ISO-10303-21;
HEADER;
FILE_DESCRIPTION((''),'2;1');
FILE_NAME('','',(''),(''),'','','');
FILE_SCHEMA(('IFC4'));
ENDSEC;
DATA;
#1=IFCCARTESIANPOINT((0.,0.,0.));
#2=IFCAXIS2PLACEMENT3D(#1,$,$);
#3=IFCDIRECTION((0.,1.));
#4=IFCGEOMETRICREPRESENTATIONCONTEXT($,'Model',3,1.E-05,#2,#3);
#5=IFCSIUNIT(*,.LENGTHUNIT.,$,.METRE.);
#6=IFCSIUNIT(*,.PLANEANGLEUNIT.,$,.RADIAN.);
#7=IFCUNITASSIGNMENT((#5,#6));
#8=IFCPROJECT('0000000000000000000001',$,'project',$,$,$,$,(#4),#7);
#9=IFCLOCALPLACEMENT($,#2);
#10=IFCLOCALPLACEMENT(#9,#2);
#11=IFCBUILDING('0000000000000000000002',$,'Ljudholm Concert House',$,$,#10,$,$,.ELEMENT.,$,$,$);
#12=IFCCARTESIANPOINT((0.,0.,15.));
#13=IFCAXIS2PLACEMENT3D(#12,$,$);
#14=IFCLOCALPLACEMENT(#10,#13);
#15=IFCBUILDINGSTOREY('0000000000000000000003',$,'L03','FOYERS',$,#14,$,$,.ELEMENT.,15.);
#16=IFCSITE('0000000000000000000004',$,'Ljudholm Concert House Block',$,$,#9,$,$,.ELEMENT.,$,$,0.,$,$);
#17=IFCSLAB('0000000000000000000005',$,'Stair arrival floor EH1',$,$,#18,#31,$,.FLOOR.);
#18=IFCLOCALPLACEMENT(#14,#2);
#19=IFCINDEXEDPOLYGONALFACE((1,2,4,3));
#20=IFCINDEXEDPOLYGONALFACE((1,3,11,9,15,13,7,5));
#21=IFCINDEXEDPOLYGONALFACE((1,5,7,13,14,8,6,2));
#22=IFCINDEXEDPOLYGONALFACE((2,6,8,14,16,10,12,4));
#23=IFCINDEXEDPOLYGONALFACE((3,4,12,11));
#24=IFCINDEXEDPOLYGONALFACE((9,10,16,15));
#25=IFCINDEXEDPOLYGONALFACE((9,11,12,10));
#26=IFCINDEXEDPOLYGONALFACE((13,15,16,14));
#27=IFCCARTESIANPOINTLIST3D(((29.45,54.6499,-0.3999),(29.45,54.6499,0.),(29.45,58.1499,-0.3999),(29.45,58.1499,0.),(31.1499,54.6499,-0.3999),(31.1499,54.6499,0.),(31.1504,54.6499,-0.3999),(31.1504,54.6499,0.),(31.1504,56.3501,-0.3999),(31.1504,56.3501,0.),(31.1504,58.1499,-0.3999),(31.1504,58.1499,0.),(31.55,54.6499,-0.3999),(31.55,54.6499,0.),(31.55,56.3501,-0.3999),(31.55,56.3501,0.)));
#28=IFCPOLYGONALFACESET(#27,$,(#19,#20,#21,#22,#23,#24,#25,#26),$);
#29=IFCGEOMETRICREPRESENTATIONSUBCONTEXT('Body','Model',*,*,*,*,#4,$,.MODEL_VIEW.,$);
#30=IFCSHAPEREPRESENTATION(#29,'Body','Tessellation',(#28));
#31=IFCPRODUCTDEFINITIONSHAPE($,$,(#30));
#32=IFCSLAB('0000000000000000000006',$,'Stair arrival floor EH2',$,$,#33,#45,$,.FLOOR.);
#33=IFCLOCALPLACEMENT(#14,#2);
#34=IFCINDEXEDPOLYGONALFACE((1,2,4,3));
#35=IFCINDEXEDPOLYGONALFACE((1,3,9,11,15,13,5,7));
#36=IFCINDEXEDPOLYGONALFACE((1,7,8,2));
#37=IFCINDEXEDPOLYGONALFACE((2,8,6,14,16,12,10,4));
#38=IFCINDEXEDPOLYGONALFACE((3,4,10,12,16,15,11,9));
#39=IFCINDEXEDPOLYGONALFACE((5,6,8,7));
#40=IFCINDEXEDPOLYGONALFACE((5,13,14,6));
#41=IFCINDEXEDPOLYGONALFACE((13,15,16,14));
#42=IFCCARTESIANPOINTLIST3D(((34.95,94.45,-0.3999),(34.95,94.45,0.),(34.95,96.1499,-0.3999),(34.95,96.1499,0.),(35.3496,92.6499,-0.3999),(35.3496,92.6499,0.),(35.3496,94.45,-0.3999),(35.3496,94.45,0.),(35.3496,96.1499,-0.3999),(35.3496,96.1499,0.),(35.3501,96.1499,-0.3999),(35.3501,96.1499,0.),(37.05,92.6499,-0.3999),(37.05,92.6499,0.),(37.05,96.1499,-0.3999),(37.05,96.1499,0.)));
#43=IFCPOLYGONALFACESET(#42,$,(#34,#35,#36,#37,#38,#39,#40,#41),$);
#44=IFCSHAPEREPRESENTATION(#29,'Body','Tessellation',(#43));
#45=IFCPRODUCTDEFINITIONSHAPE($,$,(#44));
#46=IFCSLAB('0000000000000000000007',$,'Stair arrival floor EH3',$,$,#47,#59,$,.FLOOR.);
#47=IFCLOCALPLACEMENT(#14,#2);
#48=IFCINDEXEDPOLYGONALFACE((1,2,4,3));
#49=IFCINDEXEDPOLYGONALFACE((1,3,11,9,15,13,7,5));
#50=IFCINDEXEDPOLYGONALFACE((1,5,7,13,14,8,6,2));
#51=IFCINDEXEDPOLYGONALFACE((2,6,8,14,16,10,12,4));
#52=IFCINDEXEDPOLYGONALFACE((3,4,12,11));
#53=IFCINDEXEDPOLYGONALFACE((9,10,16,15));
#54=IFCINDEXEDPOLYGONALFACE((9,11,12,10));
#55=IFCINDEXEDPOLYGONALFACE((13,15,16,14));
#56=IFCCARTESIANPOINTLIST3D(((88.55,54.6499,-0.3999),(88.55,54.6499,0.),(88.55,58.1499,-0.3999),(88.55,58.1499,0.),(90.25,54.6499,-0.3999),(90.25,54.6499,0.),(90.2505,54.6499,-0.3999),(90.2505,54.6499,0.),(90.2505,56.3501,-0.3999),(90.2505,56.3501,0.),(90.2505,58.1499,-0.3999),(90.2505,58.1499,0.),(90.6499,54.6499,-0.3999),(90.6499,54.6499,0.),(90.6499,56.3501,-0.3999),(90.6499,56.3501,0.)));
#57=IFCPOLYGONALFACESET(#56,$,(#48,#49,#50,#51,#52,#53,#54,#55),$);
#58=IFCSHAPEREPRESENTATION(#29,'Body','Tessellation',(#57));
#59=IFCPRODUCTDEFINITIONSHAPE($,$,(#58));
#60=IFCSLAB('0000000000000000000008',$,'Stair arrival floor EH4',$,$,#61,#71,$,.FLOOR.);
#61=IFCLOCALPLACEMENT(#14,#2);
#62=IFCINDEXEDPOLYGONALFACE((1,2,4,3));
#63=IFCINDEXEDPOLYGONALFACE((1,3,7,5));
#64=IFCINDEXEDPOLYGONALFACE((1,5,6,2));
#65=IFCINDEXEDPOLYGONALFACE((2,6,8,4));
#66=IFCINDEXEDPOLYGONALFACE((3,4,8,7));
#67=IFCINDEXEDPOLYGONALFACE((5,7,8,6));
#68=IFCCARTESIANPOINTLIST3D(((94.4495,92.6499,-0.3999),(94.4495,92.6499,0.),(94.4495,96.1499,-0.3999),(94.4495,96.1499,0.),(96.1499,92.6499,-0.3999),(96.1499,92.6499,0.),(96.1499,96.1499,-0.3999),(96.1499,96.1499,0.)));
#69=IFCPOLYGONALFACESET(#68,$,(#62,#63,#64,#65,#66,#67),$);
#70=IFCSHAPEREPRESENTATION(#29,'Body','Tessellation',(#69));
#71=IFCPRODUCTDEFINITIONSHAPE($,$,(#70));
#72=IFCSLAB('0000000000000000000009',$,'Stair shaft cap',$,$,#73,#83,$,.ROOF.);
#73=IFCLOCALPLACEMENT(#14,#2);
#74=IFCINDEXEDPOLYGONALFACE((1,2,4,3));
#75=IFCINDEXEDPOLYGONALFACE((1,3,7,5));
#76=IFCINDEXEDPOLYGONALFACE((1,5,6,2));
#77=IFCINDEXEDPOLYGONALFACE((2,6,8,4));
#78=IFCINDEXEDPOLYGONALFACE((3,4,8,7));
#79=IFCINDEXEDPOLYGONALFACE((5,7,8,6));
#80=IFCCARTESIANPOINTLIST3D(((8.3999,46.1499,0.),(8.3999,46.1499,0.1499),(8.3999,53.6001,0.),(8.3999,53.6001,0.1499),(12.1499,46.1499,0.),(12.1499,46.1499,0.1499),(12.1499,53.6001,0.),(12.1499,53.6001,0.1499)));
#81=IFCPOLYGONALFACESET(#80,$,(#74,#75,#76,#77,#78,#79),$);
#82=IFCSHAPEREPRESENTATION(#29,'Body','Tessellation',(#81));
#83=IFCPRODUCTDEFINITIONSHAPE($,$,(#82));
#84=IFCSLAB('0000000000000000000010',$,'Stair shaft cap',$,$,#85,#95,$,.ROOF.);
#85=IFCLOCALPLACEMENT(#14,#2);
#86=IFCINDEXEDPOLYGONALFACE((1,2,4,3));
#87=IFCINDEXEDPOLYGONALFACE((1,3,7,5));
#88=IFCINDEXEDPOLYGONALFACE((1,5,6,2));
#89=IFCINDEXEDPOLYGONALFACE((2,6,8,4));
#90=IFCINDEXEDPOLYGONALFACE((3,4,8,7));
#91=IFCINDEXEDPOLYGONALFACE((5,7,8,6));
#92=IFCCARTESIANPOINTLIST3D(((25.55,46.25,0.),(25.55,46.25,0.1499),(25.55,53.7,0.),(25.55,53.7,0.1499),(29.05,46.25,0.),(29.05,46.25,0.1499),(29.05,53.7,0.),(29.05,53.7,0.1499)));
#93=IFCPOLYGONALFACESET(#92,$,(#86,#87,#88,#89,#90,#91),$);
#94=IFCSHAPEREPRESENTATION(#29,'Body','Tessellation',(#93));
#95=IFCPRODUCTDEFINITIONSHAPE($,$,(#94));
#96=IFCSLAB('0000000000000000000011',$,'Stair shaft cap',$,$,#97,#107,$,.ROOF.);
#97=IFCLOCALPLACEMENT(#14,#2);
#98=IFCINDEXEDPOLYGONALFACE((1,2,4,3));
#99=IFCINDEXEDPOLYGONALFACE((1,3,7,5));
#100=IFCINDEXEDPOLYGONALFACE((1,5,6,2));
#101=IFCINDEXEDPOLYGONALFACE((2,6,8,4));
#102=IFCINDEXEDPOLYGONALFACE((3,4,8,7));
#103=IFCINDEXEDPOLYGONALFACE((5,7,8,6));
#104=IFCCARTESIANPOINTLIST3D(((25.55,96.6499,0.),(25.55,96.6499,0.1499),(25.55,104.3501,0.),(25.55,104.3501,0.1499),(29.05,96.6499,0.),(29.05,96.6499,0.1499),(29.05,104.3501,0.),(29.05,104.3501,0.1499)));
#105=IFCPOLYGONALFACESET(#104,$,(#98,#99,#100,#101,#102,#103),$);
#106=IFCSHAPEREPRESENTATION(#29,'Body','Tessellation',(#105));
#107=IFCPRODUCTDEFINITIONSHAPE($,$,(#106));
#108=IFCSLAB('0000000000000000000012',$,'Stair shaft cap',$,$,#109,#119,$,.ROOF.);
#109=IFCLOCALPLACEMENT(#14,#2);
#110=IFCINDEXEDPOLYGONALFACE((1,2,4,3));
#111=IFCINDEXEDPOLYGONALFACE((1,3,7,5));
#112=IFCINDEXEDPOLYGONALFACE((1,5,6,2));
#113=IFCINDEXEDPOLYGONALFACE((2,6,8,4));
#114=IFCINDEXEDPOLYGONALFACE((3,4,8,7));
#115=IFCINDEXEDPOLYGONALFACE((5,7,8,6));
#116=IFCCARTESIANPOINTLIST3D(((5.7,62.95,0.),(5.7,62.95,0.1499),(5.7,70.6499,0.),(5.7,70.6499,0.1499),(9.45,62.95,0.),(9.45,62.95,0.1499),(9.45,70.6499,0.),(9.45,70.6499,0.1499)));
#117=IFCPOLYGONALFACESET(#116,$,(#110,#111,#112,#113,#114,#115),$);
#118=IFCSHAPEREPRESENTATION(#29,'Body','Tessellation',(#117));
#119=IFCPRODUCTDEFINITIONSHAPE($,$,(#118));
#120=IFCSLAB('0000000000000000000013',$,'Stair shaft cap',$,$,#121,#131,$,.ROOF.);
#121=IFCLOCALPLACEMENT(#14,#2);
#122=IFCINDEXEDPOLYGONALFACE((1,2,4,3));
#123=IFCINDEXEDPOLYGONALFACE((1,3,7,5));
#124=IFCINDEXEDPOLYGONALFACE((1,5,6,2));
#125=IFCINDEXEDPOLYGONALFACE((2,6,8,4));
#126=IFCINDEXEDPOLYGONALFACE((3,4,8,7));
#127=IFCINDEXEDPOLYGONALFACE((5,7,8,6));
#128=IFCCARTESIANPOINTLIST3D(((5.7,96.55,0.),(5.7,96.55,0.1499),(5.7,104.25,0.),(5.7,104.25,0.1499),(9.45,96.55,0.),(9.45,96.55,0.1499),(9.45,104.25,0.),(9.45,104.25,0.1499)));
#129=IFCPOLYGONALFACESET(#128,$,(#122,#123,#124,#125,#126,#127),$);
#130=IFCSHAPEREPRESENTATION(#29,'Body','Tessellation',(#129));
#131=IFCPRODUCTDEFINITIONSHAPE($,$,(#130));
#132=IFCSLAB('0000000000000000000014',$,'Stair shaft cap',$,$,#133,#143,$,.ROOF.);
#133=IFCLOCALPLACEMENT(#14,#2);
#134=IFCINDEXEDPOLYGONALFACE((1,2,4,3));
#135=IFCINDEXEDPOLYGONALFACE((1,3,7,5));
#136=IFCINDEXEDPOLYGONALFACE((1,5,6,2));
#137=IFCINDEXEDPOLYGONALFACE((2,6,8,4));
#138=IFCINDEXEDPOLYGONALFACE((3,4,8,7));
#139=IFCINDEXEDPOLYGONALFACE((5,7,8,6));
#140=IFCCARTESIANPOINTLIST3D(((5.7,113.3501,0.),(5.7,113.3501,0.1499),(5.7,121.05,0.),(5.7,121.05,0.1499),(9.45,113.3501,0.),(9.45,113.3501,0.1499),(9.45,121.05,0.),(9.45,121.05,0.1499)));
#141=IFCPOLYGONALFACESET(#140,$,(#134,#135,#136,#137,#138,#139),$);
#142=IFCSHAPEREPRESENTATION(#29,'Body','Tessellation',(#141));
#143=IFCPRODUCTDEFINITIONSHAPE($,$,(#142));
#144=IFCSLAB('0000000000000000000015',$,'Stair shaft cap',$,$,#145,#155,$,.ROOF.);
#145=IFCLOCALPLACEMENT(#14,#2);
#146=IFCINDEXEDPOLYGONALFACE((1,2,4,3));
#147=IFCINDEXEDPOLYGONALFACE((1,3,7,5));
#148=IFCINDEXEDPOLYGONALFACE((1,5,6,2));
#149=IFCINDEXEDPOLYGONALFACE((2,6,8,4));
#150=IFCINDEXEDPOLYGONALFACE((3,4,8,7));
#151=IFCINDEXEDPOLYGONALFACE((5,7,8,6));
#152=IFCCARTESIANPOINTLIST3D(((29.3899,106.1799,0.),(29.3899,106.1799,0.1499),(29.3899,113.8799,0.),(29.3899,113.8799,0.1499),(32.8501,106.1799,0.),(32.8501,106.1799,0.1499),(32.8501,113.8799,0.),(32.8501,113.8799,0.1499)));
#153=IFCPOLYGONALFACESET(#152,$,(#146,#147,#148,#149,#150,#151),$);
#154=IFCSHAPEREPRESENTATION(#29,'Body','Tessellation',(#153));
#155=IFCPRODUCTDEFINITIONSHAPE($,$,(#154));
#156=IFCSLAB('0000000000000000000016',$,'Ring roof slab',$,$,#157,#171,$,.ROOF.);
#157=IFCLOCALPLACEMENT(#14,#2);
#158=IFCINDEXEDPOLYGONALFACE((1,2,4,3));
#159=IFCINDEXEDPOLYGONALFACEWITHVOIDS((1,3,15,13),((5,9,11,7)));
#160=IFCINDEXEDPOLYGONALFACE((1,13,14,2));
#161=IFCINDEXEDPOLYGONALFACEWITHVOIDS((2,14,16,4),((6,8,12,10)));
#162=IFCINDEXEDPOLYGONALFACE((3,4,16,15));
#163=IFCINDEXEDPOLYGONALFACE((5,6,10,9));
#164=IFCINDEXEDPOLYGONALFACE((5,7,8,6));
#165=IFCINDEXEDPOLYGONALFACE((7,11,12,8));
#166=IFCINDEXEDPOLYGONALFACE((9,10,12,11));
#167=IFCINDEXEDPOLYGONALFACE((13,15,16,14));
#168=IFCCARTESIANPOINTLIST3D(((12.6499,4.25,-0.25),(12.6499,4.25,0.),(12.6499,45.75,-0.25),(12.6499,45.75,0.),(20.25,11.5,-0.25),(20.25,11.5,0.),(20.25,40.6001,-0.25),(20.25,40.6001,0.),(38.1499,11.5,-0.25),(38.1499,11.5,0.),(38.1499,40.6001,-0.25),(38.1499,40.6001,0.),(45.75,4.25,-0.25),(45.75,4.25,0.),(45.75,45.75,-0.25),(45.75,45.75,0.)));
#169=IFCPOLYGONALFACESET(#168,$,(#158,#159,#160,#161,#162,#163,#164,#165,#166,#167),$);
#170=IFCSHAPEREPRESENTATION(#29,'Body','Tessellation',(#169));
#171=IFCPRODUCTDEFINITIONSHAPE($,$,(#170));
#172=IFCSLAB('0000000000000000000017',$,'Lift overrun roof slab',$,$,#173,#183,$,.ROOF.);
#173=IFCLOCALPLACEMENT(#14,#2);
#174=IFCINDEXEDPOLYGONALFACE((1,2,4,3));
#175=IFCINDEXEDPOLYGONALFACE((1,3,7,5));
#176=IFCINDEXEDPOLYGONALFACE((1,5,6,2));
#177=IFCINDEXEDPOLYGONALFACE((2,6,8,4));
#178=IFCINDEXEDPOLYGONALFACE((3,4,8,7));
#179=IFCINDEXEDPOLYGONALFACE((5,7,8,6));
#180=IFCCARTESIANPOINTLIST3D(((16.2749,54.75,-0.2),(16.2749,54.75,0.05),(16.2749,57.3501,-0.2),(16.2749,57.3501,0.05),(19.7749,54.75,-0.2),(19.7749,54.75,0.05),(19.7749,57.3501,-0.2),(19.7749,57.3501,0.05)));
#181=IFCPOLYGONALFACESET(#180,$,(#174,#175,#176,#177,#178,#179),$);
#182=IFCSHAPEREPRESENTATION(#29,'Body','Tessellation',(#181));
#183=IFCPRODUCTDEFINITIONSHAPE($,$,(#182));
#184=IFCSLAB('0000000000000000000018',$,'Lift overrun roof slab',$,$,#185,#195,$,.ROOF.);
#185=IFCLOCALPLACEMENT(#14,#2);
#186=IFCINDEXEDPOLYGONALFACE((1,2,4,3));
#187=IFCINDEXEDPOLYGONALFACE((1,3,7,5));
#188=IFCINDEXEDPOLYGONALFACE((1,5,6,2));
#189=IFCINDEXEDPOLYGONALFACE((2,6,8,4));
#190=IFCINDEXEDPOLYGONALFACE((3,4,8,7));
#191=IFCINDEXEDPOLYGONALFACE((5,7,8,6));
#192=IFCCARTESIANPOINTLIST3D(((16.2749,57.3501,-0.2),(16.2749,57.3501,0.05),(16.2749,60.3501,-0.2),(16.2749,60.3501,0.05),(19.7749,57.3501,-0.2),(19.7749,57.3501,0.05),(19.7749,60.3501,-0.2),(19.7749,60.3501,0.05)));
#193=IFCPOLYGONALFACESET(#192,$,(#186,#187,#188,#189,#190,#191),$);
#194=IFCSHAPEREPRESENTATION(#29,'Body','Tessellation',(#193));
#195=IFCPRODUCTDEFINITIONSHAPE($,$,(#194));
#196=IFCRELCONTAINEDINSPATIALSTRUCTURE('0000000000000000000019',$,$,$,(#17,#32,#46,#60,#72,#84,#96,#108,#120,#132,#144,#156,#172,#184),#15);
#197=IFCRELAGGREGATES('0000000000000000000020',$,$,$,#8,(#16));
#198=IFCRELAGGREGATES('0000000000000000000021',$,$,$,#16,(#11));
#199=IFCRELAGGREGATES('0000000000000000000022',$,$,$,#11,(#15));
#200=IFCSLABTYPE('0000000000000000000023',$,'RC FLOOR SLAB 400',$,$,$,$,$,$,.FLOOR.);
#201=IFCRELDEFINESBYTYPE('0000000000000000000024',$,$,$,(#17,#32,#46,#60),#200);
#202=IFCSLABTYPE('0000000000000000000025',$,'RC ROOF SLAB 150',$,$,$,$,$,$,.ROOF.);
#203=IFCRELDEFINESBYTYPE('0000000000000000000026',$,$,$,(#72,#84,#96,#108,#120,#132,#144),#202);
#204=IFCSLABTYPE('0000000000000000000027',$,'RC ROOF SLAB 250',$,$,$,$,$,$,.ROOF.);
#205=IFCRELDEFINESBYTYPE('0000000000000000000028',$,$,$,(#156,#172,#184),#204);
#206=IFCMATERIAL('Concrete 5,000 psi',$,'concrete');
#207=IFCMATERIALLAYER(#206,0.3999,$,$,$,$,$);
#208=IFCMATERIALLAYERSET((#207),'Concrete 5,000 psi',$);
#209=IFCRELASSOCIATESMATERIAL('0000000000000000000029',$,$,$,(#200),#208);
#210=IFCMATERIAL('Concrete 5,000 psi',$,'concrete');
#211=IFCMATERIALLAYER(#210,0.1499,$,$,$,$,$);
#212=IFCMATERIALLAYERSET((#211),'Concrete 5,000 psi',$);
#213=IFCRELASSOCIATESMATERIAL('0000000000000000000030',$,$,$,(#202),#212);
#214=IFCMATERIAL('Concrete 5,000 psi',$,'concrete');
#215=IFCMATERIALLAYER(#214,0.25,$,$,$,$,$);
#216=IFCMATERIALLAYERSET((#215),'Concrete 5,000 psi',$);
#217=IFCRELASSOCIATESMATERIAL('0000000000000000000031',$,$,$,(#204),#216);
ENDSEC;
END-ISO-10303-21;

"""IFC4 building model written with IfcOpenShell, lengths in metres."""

from ifc_helpers import new_model, si_unit, direction, frame, origin, place, context, subcontext, project, spatial, polyline, outline, extrude, material, layer, layer_set, type_object, element, save


model = new_model("IFC4")

# Units and contexts
model_context = context("Model", 3, precision=1e-05, world=origin(), true_north=direction((0.0, 1.0)))
body_context = subcontext(model_context, "Body", "Model", "MODEL_VIEW")
ifc_project = project(units=[si_unit("LENGTHUNIT", "METRE"), si_unit("PLANEANGLEUNIT", "RADIAN")], contexts=[model_context])

# Site, building, storey
site_placement = place(None, origin())
site = spatial("IfcSite", under=ifc_project, at=site_placement, Name="Ljudholm Concert House Block", CompositionType="ELEMENT", RefElevation=0.0)
building_placement = place(site_placement, origin())
building = spatial("IfcBuilding", under=site, at=building_placement, Name="Ljudholm Concert House", CompositionType="ELEMENT")
storey_placement = place(building_placement, frame((0.0, 0.0, 15.0)))
storey = spatial("IfcBuildingStorey", under=building, at=storey_placement, Name="L03", Description="FOYERS", CompositionType="ELEMENT", Elevation=15.0)

# Slabs
ifc_material_1 = material(Name="Concrete 5,000 psi", Category="concrete")
ifc_layer_1 = layer(ifc_material_1, 0.3999)
ifc_layer_set_1 = layer_set([ifc_layer_1], Name="Concrete 5,000 psi")
slab_type_1 = type_object("IfcSlabType", Name="RC FLOOR SLAB 400", PredefinedType="FLOOR", material=ifc_layer_set_1)
slab_1_placement = place(storey_placement, frame((0.0, 0.0, -0.3999)))
element("IfcSlab", 1, at=slab_1_placement, inside=storey, type_object=slab_type_1, Name="Stair arrival floor EH1", PredefinedType="FLOOR", context=body_context, shape_type="SweptSolid", body=[
    extrude(outline(polyline([(29.45, 54.6499), (29.45, 58.1499), (31.1504, 58.1499), (31.1504, 56.3501), (31.55, 56.3501), (31.55, 54.6499), (31.1504, 54.6499), (31.1499, 54.6499), (29.45, 54.6499)])), origin(), (0.0, 0.0, 1.0), 0.3999),
])
slab_2_placement = place(storey_placement, frame((0.0, 0.0, -0.3999)))
element("IfcSlab", 2, at=slab_2_placement, inside=storey, type_object=slab_type_1, Name="Stair arrival floor EH2", PredefinedType="FLOOR", context=body_context, shape_type="SweptSolid", body=[
    extrude(outline(polyline([(37.05, 96.1499), (37.05, 92.6499), (35.3496, 92.6499), (35.3496, 94.45), (34.95, 94.45), (34.95, 96.1499), (35.3496, 96.1499), (35.3501, 96.1499), (37.05, 96.1499)])), origin(), (0.0, 0.0, 1.0), 0.3999),
])
slab_3_placement = place(storey_placement, frame((0.0, 0.0, -0.3999)))
element("IfcSlab", 3, at=slab_3_placement, inside=storey, type_object=slab_type_1, Name="Stair arrival floor EH3", PredefinedType="FLOOR", context=body_context, shape_type="SweptSolid", body=[
    extrude(outline(polyline([(88.55, 54.6499), (88.55, 58.1499), (90.2505, 58.1499), (90.2505, 56.3501), (90.6499, 56.3501), (90.6499, 54.6499), (90.2505, 54.6499), (90.25, 54.6499), (88.55, 54.6499)])), origin(), (0.0, 0.0, 1.0), 0.3999),
])
slab_4_placement = place(storey_placement, frame((0.0, 0.0, -0.3999)))
element("IfcSlab", 4, at=slab_4_placement, inside=storey, type_object=slab_type_1, Name="Stair arrival floor EH4", PredefinedType="FLOOR", context=body_context, shape_type="SweptSolid", body=[
    extrude(outline(polyline([(96.1499, 92.6499), (96.1499, 96.1499), (94.4495, 96.1499), (94.4495, 92.6499), (96.1499, 92.6499)])), origin(), (0.0, 0.0, 1.0), 0.3999),
])
ifc_material_2 = material(Name="Concrete 5,000 psi", Category="concrete")
ifc_layer_2 = layer(ifc_material_2, 0.1499)
ifc_layer_set_2 = layer_set([ifc_layer_2], Name="Concrete 5,000 psi")
slab_type_2 = type_object("IfcSlabType", Name="RC ROOF SLAB 150", PredefinedType="ROOF", material=ifc_layer_set_2)
slab_5_placement = place(storey_placement, origin())
element("IfcSlab", 5, at=slab_5_placement, inside=storey, type_object=slab_type_2, Name="Stair shaft cap", PredefinedType="ROOF", context=body_context, shape_type="SweptSolid", body=[
    extrude(outline(polyline([(8.3999, 46.1499), (12.1499, 46.1499), (12.1499, 53.6001), (8.3999, 53.6001), (8.3999, 46.1499)])), origin(), (0.0, 0.0, 1.0), 0.1499),
])
slab_6_placement = place(storey_placement, origin())
element("IfcSlab", 6, at=slab_6_placement, inside=storey, type_object=slab_type_2, Name="Stair shaft cap", PredefinedType="ROOF", context=body_context, shape_type="SweptSolid", body=[
    extrude(outline(polyline([(25.55, 46.25), (29.05, 46.25), (29.05, 53.7), (25.55, 53.7), (25.55, 46.25)])), origin(), (0.0, 0.0, 1.0), 0.1499),
])
slab_7_placement = place(storey_placement, origin())
element("IfcSlab", 7, at=slab_7_placement, inside=storey, type_object=slab_type_2, Name="Stair shaft cap", PredefinedType="ROOF", context=body_context, shape_type="SweptSolid", body=[
    extrude(outline(polyline([(25.55, 96.6499), (29.05, 96.6499), (29.05, 104.3501), (25.55, 104.3501), (25.55, 96.6499)])), origin(), (0.0, 0.0, 1.0), 0.1499),
])
slab_8_placement = place(storey_placement, origin())
element("IfcSlab", 8, at=slab_8_placement, inside=storey, type_object=slab_type_2, Name="Stair shaft cap", PredefinedType="ROOF", context=body_context, shape_type="SweptSolid", body=[
    extrude(outline(polyline([(5.7, 62.95), (9.45, 62.95), (9.45, 70.6499), (5.7, 70.6499), (5.7, 62.95)])), origin(), (0.0, 0.0, 1.0), 0.1499),
])
slab_9_placement = place(storey_placement, origin())
element("IfcSlab", 9, at=slab_9_placement, inside=storey, type_object=slab_type_2, Name="Stair shaft cap", PredefinedType="ROOF", context=body_context, shape_type="SweptSolid", body=[
    extrude(outline(polyline([(5.7, 96.55), (9.45, 96.55), (9.45, 104.25), (5.7, 104.25), (5.7, 96.55)])), origin(), (0.0, 0.0, 1.0), 0.1499),
])
slab_10_placement = place(storey_placement, origin())
element("IfcSlab", 10, at=slab_10_placement, inside=storey, type_object=slab_type_2, Name="Stair shaft cap", PredefinedType="ROOF", context=body_context, shape_type="SweptSolid", body=[
    extrude(outline(polyline([(5.7, 113.3501), (9.45, 113.3501), (9.45, 121.05), (5.7, 121.05), (5.7, 113.3501)])), origin(), (0.0, 0.0, 1.0), 0.1499),
])
slab_11_placement = place(storey_placement, origin())
element("IfcSlab", 11, at=slab_11_placement, inside=storey, type_object=slab_type_2, Name="Stair shaft cap", PredefinedType="ROOF", context=body_context, shape_type="SweptSolid", body=[
    extrude(outline(polyline([(29.3899, 106.1799), (32.8501, 106.1799), (32.8501, 113.8799), (29.3899, 113.8799), (29.3899, 106.1799)])), origin(), (0.0, 0.0, 1.0), 0.1499),
])
ifc_material_3 = material(Name="Concrete 5,000 psi", Category="concrete")
ifc_layer_3 = layer(ifc_material_3, 0.25)
ifc_layer_set_3 = layer_set([ifc_layer_3], Name="Concrete 5,000 psi")
slab_type_3 = type_object("IfcSlabType", Name="RC ROOF SLAB 250", PredefinedType="ROOF", material=ifc_layer_set_3)
slab_12_placement = place(storey_placement, frame((0.0, 0.0, -0.25)))
element("IfcSlab", 12, at=slab_12_placement, inside=storey, type_object=slab_type_3, Name="Ring roof slab", PredefinedType="ROOF", context=body_context, shape_type="SweptSolid", body=[
    extrude(outline(polyline([(12.6499, 4.25), (12.6499, 45.75), (45.75, 45.75), (45.75, 4.25), (12.6499, 4.25)]), holes=[polyline([(38.1499, 40.6001), (20.25, 40.6001), (20.25, 11.5), (38.1499, 11.5), (38.1499, 40.6001)])]), origin(), (0.0, 0.0, 1.0), 0.25),
])
slab_13_placement = place(storey_placement, frame((0.0, 0.0, -0.2)))
element("IfcSlab", 13, at=slab_13_placement, inside=storey, type_object=slab_type_3, Name="Lift overrun roof slab", PredefinedType="ROOF", context=body_context, shape_type="SweptSolid", body=[
    extrude(outline(polyline([(16.2749, 54.75), (19.7749, 54.75), (19.7749, 57.3501), (16.2749, 57.3501), (16.2749, 54.75)])), origin(), (0.0, 0.0, 1.0), 0.25),
])
slab_14_placement = place(storey_placement, frame((0.0, 0.0, -0.2)))
element("IfcSlab", 14, at=slab_14_placement, inside=storey, type_object=slab_type_3, Name="Lift overrun roof slab", PredefinedType="ROOF", context=body_context, shape_type="SweptSolid", body=[
    extrude(outline(polyline([(16.2749, 57.3501), (19.7749, 57.3501), (19.7749, 60.3501), (16.2749, 60.3501), (16.2749, 57.3501)])), origin(), (0.0, 0.0, 1.0), 0.25),
])

save(model, "model.ifc")
